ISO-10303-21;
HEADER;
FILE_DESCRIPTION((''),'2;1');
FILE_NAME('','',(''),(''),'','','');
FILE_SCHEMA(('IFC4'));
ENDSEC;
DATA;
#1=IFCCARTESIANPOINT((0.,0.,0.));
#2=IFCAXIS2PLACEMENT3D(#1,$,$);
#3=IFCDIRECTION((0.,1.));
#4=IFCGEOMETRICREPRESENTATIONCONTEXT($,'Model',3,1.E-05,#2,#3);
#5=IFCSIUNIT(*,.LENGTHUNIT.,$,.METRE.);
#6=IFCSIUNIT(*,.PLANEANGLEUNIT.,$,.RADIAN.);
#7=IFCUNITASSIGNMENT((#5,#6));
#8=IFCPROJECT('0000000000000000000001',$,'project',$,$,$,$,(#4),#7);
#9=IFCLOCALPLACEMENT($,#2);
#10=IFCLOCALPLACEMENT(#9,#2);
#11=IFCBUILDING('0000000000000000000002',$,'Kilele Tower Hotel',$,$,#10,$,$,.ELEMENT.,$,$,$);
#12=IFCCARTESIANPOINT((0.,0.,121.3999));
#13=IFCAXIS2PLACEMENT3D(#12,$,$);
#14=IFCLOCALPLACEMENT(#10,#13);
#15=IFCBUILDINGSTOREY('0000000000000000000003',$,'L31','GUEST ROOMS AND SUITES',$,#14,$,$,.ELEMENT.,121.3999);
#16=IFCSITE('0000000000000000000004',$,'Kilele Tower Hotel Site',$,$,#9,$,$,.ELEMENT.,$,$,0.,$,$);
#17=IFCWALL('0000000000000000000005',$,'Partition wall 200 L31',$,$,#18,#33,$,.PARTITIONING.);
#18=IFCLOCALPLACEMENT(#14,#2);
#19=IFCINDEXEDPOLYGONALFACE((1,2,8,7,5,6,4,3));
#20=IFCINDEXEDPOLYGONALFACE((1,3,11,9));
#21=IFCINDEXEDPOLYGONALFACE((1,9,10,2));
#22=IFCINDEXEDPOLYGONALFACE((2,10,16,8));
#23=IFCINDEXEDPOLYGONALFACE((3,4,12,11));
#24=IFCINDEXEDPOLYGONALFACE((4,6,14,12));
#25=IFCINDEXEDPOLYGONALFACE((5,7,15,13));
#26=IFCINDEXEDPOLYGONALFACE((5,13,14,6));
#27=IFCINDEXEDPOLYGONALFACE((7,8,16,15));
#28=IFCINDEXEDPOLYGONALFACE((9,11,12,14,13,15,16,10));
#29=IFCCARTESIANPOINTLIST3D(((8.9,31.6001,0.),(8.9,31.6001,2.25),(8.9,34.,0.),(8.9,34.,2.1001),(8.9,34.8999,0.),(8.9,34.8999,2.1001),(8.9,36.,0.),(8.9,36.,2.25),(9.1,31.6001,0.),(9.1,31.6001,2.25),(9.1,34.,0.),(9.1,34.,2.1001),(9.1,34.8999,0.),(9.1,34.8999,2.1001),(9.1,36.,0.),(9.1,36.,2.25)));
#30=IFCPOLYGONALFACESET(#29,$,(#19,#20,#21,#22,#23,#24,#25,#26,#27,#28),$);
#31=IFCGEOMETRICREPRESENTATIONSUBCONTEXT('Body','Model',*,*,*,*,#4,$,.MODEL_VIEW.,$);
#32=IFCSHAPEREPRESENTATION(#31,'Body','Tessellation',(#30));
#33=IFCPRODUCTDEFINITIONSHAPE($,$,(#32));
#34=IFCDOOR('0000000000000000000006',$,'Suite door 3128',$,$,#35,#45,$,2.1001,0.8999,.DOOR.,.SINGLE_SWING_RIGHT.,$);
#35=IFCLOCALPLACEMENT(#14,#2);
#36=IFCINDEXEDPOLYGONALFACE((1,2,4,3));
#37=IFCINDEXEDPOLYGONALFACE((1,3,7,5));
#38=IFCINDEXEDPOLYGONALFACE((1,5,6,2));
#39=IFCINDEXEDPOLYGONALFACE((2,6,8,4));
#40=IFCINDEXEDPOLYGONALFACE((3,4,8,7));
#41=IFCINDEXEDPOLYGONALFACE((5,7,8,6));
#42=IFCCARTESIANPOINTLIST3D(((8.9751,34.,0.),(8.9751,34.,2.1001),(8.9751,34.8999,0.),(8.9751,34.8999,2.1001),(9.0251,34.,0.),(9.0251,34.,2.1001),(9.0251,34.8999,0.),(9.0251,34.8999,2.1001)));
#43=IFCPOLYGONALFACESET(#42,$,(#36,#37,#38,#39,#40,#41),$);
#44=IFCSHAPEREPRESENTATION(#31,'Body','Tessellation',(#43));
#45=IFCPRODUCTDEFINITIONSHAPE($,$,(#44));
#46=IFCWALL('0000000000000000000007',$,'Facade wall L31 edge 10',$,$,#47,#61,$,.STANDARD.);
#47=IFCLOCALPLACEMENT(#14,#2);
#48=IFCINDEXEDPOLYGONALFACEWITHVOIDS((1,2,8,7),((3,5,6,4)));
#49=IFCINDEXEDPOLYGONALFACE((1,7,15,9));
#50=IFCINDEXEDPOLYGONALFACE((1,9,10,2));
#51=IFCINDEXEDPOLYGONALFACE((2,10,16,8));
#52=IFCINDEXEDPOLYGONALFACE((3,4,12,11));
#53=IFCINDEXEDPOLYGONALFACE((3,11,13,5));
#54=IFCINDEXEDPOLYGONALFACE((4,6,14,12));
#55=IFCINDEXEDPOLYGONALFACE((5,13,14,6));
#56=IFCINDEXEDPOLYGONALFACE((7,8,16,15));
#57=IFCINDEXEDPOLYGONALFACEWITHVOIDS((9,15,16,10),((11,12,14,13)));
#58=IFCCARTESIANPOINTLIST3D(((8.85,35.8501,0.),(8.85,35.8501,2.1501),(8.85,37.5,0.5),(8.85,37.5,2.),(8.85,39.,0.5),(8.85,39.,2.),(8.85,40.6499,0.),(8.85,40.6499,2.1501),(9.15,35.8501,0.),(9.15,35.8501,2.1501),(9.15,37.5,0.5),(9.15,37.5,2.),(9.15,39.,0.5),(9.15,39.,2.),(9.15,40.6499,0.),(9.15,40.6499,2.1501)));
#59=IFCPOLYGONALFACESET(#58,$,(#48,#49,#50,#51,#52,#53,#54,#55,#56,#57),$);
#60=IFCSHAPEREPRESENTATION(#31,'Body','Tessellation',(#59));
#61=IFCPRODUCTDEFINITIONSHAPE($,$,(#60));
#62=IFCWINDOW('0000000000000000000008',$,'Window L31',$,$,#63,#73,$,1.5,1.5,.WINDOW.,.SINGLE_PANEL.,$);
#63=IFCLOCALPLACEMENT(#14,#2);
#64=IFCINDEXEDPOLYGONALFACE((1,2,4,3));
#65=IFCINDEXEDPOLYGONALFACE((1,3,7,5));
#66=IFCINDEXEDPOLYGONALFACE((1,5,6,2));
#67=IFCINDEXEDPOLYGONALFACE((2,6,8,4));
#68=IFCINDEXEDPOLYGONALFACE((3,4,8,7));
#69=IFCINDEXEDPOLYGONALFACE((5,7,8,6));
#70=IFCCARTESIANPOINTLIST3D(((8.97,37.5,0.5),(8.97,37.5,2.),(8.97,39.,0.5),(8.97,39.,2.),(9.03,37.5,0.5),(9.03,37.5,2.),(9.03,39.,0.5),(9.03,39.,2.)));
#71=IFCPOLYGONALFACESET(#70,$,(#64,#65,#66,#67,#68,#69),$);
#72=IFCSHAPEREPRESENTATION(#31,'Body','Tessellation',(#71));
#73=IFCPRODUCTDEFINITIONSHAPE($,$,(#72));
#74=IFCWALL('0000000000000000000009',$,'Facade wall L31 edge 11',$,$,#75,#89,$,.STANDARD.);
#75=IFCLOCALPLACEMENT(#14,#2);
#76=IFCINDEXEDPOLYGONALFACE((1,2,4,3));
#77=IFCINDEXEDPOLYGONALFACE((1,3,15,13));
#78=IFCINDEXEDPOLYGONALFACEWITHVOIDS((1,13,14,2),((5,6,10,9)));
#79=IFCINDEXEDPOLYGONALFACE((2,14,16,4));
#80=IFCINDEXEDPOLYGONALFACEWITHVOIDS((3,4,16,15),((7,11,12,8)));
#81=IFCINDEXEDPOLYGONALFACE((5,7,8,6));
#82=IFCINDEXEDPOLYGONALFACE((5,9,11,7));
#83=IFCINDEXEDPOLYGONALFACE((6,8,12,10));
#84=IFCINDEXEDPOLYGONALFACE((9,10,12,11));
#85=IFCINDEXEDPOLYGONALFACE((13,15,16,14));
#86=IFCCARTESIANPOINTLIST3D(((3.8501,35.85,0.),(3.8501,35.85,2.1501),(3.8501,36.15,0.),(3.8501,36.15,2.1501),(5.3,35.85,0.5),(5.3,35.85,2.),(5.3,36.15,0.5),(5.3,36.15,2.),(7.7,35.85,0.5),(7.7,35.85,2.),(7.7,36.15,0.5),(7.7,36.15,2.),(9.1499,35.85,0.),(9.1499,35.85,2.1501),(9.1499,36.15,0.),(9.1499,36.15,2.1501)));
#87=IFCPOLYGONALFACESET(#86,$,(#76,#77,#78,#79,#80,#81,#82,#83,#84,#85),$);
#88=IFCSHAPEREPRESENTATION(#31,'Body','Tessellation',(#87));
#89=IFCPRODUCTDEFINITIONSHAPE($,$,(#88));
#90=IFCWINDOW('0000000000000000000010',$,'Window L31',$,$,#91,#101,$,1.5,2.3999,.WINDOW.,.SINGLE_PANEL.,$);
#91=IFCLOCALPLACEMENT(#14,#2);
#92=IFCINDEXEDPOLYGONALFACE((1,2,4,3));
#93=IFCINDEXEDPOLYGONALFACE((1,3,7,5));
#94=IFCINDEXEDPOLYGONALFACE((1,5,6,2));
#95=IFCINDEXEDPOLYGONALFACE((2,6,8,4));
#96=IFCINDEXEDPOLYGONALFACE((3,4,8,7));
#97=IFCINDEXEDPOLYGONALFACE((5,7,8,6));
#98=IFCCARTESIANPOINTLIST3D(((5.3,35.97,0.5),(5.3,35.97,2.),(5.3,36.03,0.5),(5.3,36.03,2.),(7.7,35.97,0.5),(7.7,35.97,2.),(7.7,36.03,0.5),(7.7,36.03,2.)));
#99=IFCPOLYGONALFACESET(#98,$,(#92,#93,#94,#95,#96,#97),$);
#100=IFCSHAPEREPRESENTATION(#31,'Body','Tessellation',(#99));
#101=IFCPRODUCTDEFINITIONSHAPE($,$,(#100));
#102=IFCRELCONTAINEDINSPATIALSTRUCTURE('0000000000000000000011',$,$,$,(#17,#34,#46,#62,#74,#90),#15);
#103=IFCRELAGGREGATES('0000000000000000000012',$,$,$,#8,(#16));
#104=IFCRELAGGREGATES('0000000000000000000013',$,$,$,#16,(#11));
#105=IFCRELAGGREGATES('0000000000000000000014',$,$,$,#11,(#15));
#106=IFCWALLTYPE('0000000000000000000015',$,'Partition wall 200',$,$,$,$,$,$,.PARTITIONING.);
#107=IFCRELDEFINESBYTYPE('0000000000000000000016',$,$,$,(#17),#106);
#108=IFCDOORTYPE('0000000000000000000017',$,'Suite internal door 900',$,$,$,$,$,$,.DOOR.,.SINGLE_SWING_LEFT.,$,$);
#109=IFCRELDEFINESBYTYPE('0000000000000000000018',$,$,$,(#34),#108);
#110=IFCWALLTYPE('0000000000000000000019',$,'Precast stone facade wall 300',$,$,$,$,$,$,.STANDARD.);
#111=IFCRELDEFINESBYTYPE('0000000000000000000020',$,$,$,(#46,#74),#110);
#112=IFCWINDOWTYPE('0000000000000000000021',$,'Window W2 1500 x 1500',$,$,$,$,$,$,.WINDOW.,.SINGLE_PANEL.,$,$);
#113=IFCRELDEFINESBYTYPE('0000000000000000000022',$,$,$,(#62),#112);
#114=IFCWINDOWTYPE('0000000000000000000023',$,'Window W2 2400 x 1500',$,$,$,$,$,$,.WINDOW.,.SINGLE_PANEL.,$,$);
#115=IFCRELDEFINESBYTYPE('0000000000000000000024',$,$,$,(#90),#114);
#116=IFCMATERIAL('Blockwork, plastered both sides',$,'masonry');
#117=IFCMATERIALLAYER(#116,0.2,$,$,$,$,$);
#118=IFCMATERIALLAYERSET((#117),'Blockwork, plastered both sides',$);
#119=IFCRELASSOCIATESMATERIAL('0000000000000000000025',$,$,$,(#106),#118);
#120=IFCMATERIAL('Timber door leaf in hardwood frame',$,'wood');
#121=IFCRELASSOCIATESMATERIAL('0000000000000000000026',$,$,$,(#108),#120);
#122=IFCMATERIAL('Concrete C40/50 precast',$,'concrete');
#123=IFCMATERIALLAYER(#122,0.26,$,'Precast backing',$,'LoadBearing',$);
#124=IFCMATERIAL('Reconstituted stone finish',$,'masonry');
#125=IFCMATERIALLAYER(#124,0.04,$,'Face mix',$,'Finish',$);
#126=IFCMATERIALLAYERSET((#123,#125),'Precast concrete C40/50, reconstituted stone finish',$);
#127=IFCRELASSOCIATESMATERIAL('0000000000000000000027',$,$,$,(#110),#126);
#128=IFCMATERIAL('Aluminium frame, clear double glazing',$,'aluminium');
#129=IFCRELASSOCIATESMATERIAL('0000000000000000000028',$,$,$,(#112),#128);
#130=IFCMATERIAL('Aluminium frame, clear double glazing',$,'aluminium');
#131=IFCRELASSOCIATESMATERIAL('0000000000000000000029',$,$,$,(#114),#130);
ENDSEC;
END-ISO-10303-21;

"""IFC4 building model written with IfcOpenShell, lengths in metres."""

from ifc_helpers import new_model, si_unit, direction, frame, frame_2d, origin, place, context, subcontext, project, spatial, rectangle, extrude, material, layer, layer_set, type_object, element, fill, save


model = new_model("IFC4")

# Units and contexts
model_context = context("Model", 3, precision=1e-05, world=origin(), true_north=direction((0.0, 1.0)))
body_context = subcontext(model_context, "Body", "Model", "MODEL_VIEW")
ifc_project = project(units=[si_unit("LENGTHUNIT", "METRE"), si_unit("PLANEANGLEUNIT", "RADIAN")], contexts=[model_context])

# Site, building, storey
site_placement = place(None, origin())
site = spatial("IfcSite", under=ifc_project, at=site_placement, Name="Kilele Tower Hotel Site", CompositionType="ELEMENT", RefElevation=0.0)
building_placement = place(site_placement, origin())
building = spatial("IfcBuilding", under=site, at=building_placement, Name="Kilele Tower Hotel", CompositionType="ELEMENT")
storey_placement = place(building_placement, frame((0.0, 0.0, 121.3999)))
storey = spatial("IfcBuildingStorey", under=building, at=storey_placement, Name="L31", Description="GUEST ROOMS AND SUITES", CompositionType="ELEMENT", Elevation=121.3999)

# Wall, opening, door
ifc_material_1 = material(Name="Blockwork, plastered both sides", Category="masonry")
ifc_layer_1 = layer(ifc_material_1, 0.2)
ifc_layer_set_1 = layer_set([ifc_layer_1], Name="Blockwork, plastered both sides")
wall_type_1 = type_object("IfcWallType", Name="Partition wall 200", PredefinedType="PARTITIONING", material=ifc_layer_set_1)
wall_1_placement = place(storey_placement, frame((9.0, 31.6001, 0.0), z_axis=(0.0, 0.0, 1.0), x_axis=(0.0, 1.0, 0.0)))
wall_1 = element("IfcWall", 1, at=wall_1_placement, inside=storey, type_object=wall_type_1, Name="Partition wall 200 L31", PredefinedType="PARTITIONING", context=body_context, shape_type="SweptSolid", body=[
    extrude(rectangle(XDim=4.3999, YDim=0.2, at=frame_2d((2.2, 0.0))), origin(), (0.0, 0.0, 1.0), 2.25),
])
opening_1_placement = place(wall_1_placement, frame((2.3999, 0.0, 0.0)))
opening_1 = element("IfcOpeningElement", 2, at=opening_1_placement, cuts=wall_1, PredefinedType="OPENING", context=body_context, shape_type="SweptSolid", body=[
    extrude(rectangle(XDim=0.8999, YDim=2.1001, at=frame_2d((0.45, 1.05))), frame((0.0, 0.1099, 0.0), z_axis=(0.0, -1.0, 0.0), x_axis=(1.0, 0.0, 0.0)), (0.0, 0.0, 1.0), 0.22),
])
ifc_material_2 = material(Name="Timber door leaf in hardwood frame", Category="wood")
door_type_1 = type_object("IfcDoorType", Name="Suite internal door 900", OperationType="SINGLE_SWING_LEFT", PredefinedType="DOOR", material=ifc_material_2)
door_1_placement = place(opening_1_placement, origin())
door_1 = element("IfcDoor", 3, at=door_1_placement, inside=storey, type_object=door_type_1, Name="Suite door 3128", OperationType="SINGLE_SWING_RIGHT", OverallHeight=2.1001, OverallWidth=0.8999, PredefinedType="DOOR", context=body_context, shape_type="SweptSolid", body=[
    extrude(rectangle(XDim=0.8999, YDim=2.1001, at=frame_2d((0.45, 1.05))), frame((0.0, 0.0249, 0.0), z_axis=(0.0, -1.0, 0.0), x_axis=(1.0, 0.0, 0.0)), (0.0, 0.0, 1.0), 0.05),
])
fill(opening_1, door_1)

# Walls, openings, windows
ifc_material_3 = material(Name="Concrete C40/50 precast", Category="concrete")
ifc_layer_2 = layer(ifc_material_3, 0.26, Name="Precast backing", Category="LoadBearing")
ifc_material_4 = material(Name="Reconstituted stone finish", Category="masonry")
ifc_layer_3 = layer(ifc_material_4, 0.04, Name="Face mix", Category="Finish")
ifc_layer_set_2 = layer_set([ifc_layer_2, ifc_layer_3], Name="Precast concrete C40/50, reconstituted stone finish")
wall_type_2 = type_object("IfcWallType", Name="Precast stone facade wall 300", PredefinedType="STANDARD", material=ifc_layer_set_2)
wall_2_placement = place(storey_placement, frame((9.0, 40.6499, 0.0), z_axis=(0.0, 0.0, 1.0), x_axis=(0.0, -1.0, 0.0)))
wall_2 = element("IfcWall", 4, at=wall_2_placement, inside=storey, type_object=wall_type_2, Name="Facade wall L31 edge 10", PredefinedType="STANDARD", context=body_context, shape_type="SweptSolid", body=[
    extrude(rectangle(XDim=4.7998, YDim=0.3, at=frame_2d((2.3999, 0.0))), origin(), (0.0, 0.0, 1.0), 2.1501),
])
opening_2_placement = place(wall_2_placement, frame((1.6499, 0.0, 0.5)))
opening_2 = element("IfcOpeningElement", 5, at=opening_2_placement, cuts=wall_2, PredefinedType="OPENING", context=body_context, shape_type="SweptSolid", body=[
    extrude(rectangle(XDim=1.5, YDim=1.5, at=frame_2d((0.75, 0.75))), frame((0.0, 0.1599, 0.0), z_axis=(0.0, -1.0, 0.0), x_axis=(1.0, 0.0, 0.0)), (0.0, 0.0, 1.0), 0.3201),
])
ifc_material_5 = material(Name="Aluminium frame, clear double glazing", Category="aluminium")
window_type_1 = type_object("IfcWindowType", Name="Window W2 1500 x 1500", PartitioningType="SINGLE_PANEL", PredefinedType="WINDOW", material=ifc_material_5)
window_1_placement = place(opening_2_placement, origin())
window_1 = element("IfcWindow", 6, at=window_1_placement, inside=storey, type_object=window_type_1, Name="Window L31", OverallHeight=1.5, OverallWidth=1.5, PartitioningType="SINGLE_PANEL", PredefinedType="WINDOW", context=body_context, shape_type="SweptSolid", body=[
    extrude(rectangle(XDim=1.5, YDim=1.5, at=frame_2d((0.75, 0.75))), frame((0.0, 0.03, 0.0), z_axis=(0.0, -1.0, 0.0), x_axis=(1.0, 0.0, 0.0)), (0.0, 0.0, 1.0), 0.0601),
])
fill(opening_2, window_1)
wall_3_placement = place(storey_placement, frame((9.1499, 36.0, 0.0), z_axis=(0.0, 0.0, 1.0), x_axis=(-1.0, 0.0, 0.0)))
wall_3 = element("IfcWall", 7, at=wall_3_placement, inside=storey, type_object=wall_type_2, Name="Facade wall L31 edge 11", PredefinedType="STANDARD", context=body_context, shape_type="SweptSolid", body=[
    extrude(rectangle(XDim=5.2998, YDim=0.3, at=frame_2d((2.6499, 0.0))), origin(), (0.0, 0.0, 1.0), 2.1501),
])
opening_3_placement = place(wall_3_placement, frame((1.45, 0.0, 0.5)))
opening_3 = element("IfcOpeningElement", 8, at=opening_3_placement, cuts=wall_3, PredefinedType="OPENING", context=body_context, shape_type="SweptSolid", body=[
    extrude(rectangle(XDim=2.3999, YDim=1.5, at=frame_2d((1.2, 0.75))), frame((0.0, 0.1599, 0.0), z_axis=(0.0, -1.0, 0.0), x_axis=(1.0, 0.0, 0.0)), (0.0, 0.0, 1.0), 0.3201),
])
ifc_material_6 = material(Name="Aluminium frame, clear double glazing", Category="aluminium")
window_type_2 = type_object("IfcWindowType", Name="Window W2 2400 x 1500", PartitioningType="SINGLE_PANEL", PredefinedType="WINDOW", material=ifc_material_6)
window_2_placement = place(opening_3_placement, origin())
window_2 = element("IfcWindow", 9, at=window_2_placement, inside=storey, type_object=window_type_2, Name="Window L31", OverallHeight=1.5, OverallWidth=2.3999, PartitioningType="SINGLE_PANEL", PredefinedType="WINDOW", context=body_context, shape_type="SweptSolid", body=[
    extrude(rectangle(XDim=2.3999, YDim=1.5, at=frame_2d((1.2, 0.75))), frame((0.0, 0.03, 0.0), z_axis=(0.0, -1.0, 0.0), x_axis=(1.0, 0.0, 0.0)), (0.0, 0.0, 1.0), 0.0601),
])
fill(opening_3, window_2)

save(model, "model.ifc")
